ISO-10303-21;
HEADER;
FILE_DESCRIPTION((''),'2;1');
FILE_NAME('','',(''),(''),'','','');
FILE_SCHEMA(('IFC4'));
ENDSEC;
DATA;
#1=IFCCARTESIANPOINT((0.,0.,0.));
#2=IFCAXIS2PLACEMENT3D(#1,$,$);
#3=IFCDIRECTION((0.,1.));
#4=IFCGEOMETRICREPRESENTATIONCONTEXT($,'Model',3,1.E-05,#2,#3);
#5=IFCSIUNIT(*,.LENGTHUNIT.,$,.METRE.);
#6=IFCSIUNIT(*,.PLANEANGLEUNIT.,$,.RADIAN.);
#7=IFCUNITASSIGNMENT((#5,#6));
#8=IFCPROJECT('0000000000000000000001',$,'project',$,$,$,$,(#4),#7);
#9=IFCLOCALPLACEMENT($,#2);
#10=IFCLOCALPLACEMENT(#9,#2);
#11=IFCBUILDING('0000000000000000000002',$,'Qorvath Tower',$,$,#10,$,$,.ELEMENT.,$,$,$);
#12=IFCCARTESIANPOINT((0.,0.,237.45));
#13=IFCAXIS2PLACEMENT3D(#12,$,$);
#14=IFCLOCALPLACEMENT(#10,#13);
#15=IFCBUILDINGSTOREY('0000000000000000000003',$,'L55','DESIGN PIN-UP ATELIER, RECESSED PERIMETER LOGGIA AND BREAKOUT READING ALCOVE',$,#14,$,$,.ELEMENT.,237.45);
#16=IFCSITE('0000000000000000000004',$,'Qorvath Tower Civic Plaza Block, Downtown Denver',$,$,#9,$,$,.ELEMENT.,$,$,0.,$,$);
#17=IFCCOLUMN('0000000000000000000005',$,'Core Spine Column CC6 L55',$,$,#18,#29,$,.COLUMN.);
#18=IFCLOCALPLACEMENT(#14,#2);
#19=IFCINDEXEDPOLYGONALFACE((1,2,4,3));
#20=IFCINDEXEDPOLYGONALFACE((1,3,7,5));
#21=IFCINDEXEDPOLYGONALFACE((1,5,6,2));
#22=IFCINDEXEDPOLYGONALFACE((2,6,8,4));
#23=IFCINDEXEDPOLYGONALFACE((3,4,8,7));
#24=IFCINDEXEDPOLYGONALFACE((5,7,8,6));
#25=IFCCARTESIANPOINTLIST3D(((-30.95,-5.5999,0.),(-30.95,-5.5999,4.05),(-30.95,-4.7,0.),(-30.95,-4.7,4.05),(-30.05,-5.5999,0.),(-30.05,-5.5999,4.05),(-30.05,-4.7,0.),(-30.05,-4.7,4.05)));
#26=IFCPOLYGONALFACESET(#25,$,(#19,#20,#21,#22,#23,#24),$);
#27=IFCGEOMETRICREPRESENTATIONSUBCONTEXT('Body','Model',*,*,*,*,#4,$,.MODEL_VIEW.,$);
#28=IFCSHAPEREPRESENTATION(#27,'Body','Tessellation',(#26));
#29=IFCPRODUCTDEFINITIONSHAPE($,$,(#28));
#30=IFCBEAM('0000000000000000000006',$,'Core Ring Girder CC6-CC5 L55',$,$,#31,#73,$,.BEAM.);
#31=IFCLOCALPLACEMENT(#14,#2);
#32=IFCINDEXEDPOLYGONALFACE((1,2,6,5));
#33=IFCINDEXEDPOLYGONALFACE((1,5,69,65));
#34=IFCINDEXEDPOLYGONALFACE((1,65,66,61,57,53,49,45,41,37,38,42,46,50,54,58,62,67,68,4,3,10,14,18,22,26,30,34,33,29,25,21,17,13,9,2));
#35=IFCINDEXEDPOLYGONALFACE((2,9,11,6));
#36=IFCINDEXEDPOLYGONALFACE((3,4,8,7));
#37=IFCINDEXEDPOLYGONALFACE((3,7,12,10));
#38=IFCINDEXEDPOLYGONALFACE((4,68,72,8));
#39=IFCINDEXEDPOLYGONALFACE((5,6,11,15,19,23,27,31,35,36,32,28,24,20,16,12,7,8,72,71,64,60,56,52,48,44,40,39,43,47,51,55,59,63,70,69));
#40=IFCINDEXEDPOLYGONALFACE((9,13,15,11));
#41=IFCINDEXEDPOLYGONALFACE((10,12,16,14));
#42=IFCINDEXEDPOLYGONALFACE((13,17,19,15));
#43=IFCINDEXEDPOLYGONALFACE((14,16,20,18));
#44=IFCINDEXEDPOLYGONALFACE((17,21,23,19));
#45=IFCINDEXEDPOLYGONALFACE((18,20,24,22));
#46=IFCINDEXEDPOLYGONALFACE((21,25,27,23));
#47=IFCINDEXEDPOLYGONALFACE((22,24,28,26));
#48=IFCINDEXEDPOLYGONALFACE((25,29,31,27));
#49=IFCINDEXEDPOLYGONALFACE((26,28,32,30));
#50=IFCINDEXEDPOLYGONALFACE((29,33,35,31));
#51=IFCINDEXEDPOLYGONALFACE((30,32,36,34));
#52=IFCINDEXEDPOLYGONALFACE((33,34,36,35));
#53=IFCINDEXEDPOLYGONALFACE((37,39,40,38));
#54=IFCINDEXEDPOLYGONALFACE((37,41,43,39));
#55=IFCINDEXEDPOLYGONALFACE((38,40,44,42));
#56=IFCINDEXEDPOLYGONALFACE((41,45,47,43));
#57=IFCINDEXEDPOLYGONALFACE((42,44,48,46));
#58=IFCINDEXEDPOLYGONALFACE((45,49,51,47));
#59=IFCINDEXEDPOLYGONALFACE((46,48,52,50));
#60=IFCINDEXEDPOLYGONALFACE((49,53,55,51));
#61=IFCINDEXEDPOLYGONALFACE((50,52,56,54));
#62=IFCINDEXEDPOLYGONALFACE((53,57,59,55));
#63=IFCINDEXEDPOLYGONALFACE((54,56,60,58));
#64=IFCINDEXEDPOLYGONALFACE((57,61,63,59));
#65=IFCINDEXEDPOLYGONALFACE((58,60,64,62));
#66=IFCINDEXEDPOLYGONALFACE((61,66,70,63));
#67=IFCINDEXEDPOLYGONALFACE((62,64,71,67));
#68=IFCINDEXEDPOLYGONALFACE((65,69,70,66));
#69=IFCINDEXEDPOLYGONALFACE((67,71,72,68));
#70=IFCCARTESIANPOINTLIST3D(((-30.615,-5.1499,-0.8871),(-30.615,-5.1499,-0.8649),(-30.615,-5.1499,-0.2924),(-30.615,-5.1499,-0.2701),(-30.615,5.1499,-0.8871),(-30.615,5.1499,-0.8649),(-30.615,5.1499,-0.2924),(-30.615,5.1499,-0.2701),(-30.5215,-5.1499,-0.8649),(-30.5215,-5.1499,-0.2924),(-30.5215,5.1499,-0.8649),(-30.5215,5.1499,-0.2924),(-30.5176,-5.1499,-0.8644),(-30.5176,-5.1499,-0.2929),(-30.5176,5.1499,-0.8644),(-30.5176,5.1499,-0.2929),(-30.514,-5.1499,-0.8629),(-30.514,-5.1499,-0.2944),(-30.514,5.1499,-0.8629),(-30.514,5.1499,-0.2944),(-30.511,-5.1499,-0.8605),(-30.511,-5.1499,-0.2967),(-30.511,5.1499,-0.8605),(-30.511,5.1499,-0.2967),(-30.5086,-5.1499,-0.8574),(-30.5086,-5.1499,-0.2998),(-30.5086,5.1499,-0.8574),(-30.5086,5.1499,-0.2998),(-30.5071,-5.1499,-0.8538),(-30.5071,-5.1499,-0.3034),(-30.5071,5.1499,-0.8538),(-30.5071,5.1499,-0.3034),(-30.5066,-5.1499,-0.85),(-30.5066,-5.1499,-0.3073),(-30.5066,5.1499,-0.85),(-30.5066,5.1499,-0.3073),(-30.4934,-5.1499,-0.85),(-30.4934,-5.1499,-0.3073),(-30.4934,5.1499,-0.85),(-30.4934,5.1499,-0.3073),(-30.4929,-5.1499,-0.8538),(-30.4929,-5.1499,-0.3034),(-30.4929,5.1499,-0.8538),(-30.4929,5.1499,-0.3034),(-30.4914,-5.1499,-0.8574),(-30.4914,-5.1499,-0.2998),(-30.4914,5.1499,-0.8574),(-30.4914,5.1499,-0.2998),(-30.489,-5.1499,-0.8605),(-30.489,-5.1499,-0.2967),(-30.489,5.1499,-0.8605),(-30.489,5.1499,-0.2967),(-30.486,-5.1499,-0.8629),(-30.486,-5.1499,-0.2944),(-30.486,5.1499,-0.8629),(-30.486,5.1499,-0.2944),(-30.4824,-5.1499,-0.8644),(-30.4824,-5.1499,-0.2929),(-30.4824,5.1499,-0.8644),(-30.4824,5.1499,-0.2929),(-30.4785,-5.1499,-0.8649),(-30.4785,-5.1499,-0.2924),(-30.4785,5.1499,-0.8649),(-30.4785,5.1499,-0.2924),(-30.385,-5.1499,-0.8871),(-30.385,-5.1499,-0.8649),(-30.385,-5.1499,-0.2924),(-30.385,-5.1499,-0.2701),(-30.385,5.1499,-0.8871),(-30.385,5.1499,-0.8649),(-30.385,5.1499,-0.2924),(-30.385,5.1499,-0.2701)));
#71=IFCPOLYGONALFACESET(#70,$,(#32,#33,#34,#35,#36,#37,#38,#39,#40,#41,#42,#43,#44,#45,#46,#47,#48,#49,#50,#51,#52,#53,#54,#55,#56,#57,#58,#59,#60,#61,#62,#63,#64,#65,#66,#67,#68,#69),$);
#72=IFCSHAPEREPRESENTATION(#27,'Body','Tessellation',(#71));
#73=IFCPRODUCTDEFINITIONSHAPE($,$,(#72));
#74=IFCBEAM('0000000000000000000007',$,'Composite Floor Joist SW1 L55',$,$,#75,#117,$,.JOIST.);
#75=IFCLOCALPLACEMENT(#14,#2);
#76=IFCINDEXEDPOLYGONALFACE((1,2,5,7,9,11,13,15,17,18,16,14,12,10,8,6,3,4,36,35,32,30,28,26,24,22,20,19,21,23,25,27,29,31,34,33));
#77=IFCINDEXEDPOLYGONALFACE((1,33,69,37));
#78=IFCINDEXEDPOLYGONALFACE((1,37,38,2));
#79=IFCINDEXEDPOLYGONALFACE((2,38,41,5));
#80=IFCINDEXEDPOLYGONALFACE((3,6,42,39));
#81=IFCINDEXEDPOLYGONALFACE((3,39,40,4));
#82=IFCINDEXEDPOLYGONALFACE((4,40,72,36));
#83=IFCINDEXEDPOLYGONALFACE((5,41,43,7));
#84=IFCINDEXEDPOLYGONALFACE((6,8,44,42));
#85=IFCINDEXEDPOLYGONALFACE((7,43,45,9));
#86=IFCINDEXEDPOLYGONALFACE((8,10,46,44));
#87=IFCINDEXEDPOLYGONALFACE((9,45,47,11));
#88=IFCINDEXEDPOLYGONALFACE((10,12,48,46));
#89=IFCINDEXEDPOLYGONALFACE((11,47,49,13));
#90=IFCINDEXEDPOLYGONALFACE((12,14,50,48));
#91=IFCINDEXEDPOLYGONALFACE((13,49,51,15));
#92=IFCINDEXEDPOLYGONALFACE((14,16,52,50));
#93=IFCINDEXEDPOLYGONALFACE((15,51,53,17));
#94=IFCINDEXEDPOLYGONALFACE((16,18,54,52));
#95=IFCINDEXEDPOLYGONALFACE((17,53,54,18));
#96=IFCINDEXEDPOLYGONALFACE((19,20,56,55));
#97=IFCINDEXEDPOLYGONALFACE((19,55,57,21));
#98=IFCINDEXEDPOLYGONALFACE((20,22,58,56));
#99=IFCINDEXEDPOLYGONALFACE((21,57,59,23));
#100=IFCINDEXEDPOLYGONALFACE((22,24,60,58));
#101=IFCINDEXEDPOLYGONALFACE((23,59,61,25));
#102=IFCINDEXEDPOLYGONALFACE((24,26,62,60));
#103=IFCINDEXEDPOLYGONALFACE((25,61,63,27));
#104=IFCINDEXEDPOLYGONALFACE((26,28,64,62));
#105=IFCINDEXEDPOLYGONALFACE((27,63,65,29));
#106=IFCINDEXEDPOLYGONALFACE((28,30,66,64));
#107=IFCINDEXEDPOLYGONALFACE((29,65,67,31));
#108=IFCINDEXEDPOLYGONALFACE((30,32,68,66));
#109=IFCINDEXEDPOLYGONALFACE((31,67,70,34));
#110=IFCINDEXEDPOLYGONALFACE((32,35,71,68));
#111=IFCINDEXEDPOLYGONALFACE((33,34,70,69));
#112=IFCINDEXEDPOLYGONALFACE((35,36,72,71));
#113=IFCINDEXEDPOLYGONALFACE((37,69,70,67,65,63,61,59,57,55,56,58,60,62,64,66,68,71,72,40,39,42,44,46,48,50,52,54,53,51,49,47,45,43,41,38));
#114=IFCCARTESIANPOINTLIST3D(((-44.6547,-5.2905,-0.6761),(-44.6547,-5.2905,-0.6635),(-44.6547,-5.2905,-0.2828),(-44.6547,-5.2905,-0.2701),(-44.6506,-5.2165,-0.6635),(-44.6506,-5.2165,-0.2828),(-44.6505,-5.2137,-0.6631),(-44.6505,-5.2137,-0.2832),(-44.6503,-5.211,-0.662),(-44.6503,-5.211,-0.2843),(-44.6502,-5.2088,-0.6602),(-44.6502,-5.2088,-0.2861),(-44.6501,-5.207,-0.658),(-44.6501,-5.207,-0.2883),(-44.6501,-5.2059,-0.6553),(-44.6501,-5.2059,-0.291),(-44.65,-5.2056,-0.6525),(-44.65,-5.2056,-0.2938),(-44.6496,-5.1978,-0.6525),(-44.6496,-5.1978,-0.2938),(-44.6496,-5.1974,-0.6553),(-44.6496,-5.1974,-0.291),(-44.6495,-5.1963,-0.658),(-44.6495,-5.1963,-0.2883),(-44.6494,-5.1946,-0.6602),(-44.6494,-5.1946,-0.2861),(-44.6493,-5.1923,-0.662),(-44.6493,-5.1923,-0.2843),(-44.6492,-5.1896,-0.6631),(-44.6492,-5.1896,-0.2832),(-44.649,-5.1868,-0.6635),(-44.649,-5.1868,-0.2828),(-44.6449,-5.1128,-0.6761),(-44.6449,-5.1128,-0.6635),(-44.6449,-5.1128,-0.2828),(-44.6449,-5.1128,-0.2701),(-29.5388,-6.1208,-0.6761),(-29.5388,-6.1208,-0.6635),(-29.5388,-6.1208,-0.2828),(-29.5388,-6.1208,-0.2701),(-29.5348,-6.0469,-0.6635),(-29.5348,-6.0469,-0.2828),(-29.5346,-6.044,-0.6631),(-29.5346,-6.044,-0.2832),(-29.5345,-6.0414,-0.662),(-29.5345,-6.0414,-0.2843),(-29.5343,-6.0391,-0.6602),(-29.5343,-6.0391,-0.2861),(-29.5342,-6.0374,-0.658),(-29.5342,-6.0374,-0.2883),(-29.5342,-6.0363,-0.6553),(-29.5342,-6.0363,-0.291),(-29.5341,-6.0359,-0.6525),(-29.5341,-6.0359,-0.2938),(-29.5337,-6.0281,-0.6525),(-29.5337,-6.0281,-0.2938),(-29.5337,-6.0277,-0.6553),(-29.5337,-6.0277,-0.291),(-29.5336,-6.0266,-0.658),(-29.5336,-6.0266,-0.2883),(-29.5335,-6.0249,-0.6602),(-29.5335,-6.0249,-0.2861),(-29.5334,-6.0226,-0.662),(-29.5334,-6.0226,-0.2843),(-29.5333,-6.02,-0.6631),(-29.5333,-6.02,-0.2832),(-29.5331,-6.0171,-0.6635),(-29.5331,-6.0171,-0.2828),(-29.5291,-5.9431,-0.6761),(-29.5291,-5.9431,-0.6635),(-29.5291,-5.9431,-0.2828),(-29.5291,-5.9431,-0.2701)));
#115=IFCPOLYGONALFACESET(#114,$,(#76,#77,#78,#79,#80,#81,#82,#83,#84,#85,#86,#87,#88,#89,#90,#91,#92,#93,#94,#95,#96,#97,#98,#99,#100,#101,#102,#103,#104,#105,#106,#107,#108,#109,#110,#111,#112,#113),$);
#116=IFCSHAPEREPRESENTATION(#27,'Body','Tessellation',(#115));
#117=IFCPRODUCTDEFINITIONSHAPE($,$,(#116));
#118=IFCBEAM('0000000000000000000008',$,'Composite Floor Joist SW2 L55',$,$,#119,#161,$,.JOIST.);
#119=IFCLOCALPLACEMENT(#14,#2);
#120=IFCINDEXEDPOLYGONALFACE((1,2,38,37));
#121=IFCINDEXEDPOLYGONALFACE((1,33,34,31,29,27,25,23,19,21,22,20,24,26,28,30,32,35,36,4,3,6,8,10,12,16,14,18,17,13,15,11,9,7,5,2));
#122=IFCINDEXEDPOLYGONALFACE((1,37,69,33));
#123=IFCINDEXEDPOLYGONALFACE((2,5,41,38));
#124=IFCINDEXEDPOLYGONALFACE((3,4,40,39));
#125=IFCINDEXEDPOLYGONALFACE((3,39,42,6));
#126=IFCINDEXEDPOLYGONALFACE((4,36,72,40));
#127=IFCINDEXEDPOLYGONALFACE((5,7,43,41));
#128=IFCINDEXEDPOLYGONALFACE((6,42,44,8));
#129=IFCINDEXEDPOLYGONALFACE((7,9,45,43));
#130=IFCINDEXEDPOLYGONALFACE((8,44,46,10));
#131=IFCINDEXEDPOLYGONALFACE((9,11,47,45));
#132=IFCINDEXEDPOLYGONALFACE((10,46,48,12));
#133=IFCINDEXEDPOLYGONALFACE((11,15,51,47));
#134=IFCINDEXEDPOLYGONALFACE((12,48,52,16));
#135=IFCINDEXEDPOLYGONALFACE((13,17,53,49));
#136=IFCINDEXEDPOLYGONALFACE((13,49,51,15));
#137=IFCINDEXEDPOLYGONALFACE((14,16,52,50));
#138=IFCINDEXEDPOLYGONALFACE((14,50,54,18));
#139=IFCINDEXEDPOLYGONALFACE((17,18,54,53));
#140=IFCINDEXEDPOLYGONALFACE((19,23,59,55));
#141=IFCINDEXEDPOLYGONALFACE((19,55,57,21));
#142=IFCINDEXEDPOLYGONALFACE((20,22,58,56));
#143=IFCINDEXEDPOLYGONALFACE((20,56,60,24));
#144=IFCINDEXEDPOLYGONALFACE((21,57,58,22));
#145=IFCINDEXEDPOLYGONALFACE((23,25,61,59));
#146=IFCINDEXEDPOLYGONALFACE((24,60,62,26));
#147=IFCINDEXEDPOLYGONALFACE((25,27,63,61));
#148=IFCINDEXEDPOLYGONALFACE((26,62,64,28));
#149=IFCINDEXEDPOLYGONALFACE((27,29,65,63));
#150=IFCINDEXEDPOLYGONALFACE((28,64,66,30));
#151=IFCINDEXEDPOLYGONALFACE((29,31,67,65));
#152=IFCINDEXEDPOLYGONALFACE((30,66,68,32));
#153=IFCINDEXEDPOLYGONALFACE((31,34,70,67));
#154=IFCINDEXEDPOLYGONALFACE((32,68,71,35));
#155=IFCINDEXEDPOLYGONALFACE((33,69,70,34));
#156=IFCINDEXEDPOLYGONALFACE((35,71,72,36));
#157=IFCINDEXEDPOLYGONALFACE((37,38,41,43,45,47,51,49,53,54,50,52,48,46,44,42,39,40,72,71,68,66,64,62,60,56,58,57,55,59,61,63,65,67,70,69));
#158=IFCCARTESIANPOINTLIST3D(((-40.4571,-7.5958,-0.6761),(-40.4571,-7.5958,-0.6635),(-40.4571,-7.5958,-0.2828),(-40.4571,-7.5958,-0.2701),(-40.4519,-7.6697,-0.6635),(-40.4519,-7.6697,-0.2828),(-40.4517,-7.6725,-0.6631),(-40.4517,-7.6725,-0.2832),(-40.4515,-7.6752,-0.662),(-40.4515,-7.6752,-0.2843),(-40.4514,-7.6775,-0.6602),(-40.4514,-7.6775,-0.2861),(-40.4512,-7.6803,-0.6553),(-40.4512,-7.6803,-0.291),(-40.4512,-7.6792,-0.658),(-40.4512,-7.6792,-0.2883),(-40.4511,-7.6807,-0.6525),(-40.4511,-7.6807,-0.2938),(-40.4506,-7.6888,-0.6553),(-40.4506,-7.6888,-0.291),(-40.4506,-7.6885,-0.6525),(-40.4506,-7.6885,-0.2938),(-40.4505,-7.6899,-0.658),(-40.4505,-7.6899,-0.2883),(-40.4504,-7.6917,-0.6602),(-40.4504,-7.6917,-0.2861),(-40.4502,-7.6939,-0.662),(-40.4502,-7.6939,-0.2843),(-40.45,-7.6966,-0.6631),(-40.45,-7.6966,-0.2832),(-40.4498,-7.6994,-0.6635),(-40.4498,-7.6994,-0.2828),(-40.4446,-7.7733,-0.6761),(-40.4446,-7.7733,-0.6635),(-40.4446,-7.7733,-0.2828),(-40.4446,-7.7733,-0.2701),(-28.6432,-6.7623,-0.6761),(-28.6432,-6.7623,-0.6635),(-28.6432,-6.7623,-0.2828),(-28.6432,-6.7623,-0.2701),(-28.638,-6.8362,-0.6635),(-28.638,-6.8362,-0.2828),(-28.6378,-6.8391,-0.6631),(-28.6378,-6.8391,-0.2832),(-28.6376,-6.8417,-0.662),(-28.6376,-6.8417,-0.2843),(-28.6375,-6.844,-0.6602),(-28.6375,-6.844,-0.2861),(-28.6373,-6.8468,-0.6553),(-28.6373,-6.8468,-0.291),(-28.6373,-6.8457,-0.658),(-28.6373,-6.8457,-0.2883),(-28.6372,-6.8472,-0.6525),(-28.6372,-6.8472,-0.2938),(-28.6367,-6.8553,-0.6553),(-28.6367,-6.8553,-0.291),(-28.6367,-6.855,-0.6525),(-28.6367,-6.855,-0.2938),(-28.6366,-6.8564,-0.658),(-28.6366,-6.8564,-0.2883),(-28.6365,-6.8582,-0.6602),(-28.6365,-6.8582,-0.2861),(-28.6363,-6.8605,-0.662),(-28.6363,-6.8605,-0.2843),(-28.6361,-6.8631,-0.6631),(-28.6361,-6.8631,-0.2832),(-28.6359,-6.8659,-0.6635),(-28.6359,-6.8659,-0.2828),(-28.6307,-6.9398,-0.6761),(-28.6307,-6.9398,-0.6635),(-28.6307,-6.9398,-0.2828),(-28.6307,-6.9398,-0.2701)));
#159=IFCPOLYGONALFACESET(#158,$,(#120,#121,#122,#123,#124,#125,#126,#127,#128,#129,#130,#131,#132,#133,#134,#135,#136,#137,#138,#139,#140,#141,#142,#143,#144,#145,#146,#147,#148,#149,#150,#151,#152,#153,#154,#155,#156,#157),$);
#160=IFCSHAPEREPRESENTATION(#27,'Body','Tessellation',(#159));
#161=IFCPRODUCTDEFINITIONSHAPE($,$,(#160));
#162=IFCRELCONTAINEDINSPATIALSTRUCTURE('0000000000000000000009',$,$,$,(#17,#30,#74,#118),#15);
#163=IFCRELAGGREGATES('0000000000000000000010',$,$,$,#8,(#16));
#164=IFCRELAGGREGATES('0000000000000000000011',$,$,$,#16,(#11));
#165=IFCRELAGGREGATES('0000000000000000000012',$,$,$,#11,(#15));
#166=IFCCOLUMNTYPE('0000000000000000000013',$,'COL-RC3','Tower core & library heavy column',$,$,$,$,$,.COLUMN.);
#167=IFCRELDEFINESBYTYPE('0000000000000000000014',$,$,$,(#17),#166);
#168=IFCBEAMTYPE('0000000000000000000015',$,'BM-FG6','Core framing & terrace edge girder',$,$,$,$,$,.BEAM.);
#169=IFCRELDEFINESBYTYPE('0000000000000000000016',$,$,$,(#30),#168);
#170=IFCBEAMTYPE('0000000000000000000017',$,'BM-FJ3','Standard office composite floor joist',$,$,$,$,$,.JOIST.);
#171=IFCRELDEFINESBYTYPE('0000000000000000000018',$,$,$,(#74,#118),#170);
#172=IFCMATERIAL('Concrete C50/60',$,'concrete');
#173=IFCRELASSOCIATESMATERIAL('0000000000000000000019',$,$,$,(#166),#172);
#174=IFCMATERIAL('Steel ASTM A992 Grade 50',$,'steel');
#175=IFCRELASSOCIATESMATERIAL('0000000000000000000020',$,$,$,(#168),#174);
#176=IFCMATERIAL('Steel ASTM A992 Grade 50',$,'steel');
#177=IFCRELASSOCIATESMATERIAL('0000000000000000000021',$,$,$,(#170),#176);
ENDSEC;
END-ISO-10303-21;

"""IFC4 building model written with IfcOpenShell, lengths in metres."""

from ifc_helpers import new_model, si_unit, direction, frame, origin, origin_2d, place, context, subcontext, project, spatial, rectangle, i_section, extrude, material, material_profile, profile_set, type_object, element, save


model = new_model("IFC4")

# Units and contexts
model_context = context("Model", 3, precision=1e-05, world=origin(), true_north=direction((0.0, 1.0)))
body_context = subcontext(model_context, "Body", "Model", "MODEL_VIEW")
ifc_project = project(units=[si_unit("LENGTHUNIT", "METRE"), si_unit("PLANEANGLEUNIT", "RADIAN")], contexts=[model_context])

# Site, building, storey
site_placement = place(None, origin())
site = spatial("IfcSite", under=ifc_project, at=site_placement, Name="Qorvath Tower Civic Plaza Block, Downtown Denver", CompositionType="ELEMENT", RefElevation=0.0)
building_placement = place(site_placement, origin())
building = spatial("IfcBuilding", under=site, at=building_placement, Name="Qorvath Tower", CompositionType="ELEMENT")
storey_placement = place(building_placement, frame((0.0, 0.0, 237.45)))
storey = spatial("IfcBuildingStorey", under=building, at=storey_placement, Name="L55", Description="DESIGN PIN-UP ATELIER, RECESSED PERIMETER LOGGIA AND BREAKOUT READING ALCOVE", CompositionType="ELEMENT", Elevation=237.45)

# Column
ifc_material_1 = material(Name="Concrete C50/60", Category="concrete")
ifc_material_profile_1 = material_profile(ifc_material_1, rectangle(XDim=0.8999, YDim=0.8999, at=origin_2d()), Name="RC 900x900")
ifc_profile_set_1 = profile_set([ifc_material_profile_1], Name="Concrete C50/60")
column_type = type_object("IfcColumnType", Name="COL-RC3", Description="Tower core & library heavy column", PredefinedType="COLUMN", material=ifc_profile_set_1)
column_placement = place(storey_placement, frame((-30.5, -5.1499, 0.0), z_axis=(0.0, 0.0, 1.0), x_axis=(1.0, 0.0, 0.0)))
element("IfcColumn", 1, at=column_placement, inside=storey, type_object=column_type, Name="Core Spine Column CC6 L55", PredefinedType="COLUMN", context=body_context, shape_type="SweptSolid", body=[
    extrude(rectangle(XDim=0.8999, YDim=0.8999, at=origin_2d()), origin(), (0.0, 0.0, 1.0), 4.05),
])

# Beams
ifc_material_2 = material(Name="Steel ASTM A992 Grade 50", Category="steel")
ifc_material_profile_2 = material_profile(ifc_material_2, i_section(OverallWidth=0.23, OverallDepth=0.6169, WebThickness=0.0132, FlangeThickness=0.0222, FilletRadius=0.0149, at=origin_2d()), Name="W24x94")
ifc_profile_set_2 = profile_set([ifc_material_profile_2], Name="Steel ASTM A992 Grade 50")
beam_type_1 = type_object("IfcBeamType", Name="BM-FG6", Description="Core framing & terrace edge girder", PredefinedType="BEAM", material=ifc_profile_set_2)
beam_1_placement = place(storey_placement, frame((-30.5, -5.1499, -0.5786), z_axis=(0.0, 1.0, 0.0), x_axis=(-1.0, 0.0, 0.0)))
element("IfcBeam", 2, at=beam_1_placement, inside=storey, type_object=beam_type_1, Name="Core Ring Girder CC6-CC5 L55", PredefinedType="BEAM", context=body_context, shape_type="SweptSolid", body=[
    extrude(i_section(OverallWidth=0.23, OverallDepth=0.6169, WebThickness=0.0132, FlangeThickness=0.0222, FilletRadius=0.0149, at=origin_2d()), origin(), (0.0, 0.0, 1.0), 10.2998),
])
ifc_material_3 = material(Name="Steel ASTM A992 Grade 50", Category="steel")
ifc_material_profile_3 = material_profile(ifc_material_3, i_section(OverallWidth=0.178, OverallDepth=0.406, WebThickness=0.0078, FlangeThickness=0.0127, FilletRadius=0.011, at=origin_2d()), Name="W16x40")
ifc_profile_set_3 = profile_set([ifc_material_profile_3], Name="Steel ASTM A992 Grade 50")
beam_type_2 = type_object("IfcBeamType", Name="BM-FJ3", Description="Standard office composite floor joist", PredefinedType="JOIST", material=ifc_profile_set_3)
beam_2_placement = place(storey_placement, frame((-29.5339, -6.032, -0.4731), z_axis=(-0.998495, 0.054847, 0.0), x_axis=(-0.054847, -0.998495, 0.0)))
element("IfcBeam", 3, at=beam_2_placement, inside=storey, type_object=beam_type_2, Name="Composite Floor Joist SW1 L55", PredefinedType="JOIST", context=body_context, shape_type="SweptSolid", body=[
    extrude(i_section(OverallWidth=0.178, OverallDepth=0.406, WebThickness=0.0078, FlangeThickness=0.0127, FilletRadius=0.011, at=origin_2d()), origin(), (0.0, 0.0, 1.0), 15.1387),
])
beam_3_placement = place(storey_placement, frame((-28.637, -6.8511, -0.4731), z_axis=(-0.99752, -0.070377, 0.0), x_axis=(0.070377, -0.99752, 0.0)))
element("IfcBeam", 4, at=beam_3_placement, inside=storey, type_object=beam_type_2, Name="Composite Floor Joist SW2 L55", PredefinedType="JOIST", context=body_context, shape_type="SweptSolid", body=[
    extrude(i_section(OverallWidth=0.178, OverallDepth=0.406, WebThickness=0.0078, FlangeThickness=0.0127, FilletRadius=0.011, at=origin_2d()), origin(), (0.0, 0.0, 1.0), 11.8433),
])

save(model, "model.ifc")
